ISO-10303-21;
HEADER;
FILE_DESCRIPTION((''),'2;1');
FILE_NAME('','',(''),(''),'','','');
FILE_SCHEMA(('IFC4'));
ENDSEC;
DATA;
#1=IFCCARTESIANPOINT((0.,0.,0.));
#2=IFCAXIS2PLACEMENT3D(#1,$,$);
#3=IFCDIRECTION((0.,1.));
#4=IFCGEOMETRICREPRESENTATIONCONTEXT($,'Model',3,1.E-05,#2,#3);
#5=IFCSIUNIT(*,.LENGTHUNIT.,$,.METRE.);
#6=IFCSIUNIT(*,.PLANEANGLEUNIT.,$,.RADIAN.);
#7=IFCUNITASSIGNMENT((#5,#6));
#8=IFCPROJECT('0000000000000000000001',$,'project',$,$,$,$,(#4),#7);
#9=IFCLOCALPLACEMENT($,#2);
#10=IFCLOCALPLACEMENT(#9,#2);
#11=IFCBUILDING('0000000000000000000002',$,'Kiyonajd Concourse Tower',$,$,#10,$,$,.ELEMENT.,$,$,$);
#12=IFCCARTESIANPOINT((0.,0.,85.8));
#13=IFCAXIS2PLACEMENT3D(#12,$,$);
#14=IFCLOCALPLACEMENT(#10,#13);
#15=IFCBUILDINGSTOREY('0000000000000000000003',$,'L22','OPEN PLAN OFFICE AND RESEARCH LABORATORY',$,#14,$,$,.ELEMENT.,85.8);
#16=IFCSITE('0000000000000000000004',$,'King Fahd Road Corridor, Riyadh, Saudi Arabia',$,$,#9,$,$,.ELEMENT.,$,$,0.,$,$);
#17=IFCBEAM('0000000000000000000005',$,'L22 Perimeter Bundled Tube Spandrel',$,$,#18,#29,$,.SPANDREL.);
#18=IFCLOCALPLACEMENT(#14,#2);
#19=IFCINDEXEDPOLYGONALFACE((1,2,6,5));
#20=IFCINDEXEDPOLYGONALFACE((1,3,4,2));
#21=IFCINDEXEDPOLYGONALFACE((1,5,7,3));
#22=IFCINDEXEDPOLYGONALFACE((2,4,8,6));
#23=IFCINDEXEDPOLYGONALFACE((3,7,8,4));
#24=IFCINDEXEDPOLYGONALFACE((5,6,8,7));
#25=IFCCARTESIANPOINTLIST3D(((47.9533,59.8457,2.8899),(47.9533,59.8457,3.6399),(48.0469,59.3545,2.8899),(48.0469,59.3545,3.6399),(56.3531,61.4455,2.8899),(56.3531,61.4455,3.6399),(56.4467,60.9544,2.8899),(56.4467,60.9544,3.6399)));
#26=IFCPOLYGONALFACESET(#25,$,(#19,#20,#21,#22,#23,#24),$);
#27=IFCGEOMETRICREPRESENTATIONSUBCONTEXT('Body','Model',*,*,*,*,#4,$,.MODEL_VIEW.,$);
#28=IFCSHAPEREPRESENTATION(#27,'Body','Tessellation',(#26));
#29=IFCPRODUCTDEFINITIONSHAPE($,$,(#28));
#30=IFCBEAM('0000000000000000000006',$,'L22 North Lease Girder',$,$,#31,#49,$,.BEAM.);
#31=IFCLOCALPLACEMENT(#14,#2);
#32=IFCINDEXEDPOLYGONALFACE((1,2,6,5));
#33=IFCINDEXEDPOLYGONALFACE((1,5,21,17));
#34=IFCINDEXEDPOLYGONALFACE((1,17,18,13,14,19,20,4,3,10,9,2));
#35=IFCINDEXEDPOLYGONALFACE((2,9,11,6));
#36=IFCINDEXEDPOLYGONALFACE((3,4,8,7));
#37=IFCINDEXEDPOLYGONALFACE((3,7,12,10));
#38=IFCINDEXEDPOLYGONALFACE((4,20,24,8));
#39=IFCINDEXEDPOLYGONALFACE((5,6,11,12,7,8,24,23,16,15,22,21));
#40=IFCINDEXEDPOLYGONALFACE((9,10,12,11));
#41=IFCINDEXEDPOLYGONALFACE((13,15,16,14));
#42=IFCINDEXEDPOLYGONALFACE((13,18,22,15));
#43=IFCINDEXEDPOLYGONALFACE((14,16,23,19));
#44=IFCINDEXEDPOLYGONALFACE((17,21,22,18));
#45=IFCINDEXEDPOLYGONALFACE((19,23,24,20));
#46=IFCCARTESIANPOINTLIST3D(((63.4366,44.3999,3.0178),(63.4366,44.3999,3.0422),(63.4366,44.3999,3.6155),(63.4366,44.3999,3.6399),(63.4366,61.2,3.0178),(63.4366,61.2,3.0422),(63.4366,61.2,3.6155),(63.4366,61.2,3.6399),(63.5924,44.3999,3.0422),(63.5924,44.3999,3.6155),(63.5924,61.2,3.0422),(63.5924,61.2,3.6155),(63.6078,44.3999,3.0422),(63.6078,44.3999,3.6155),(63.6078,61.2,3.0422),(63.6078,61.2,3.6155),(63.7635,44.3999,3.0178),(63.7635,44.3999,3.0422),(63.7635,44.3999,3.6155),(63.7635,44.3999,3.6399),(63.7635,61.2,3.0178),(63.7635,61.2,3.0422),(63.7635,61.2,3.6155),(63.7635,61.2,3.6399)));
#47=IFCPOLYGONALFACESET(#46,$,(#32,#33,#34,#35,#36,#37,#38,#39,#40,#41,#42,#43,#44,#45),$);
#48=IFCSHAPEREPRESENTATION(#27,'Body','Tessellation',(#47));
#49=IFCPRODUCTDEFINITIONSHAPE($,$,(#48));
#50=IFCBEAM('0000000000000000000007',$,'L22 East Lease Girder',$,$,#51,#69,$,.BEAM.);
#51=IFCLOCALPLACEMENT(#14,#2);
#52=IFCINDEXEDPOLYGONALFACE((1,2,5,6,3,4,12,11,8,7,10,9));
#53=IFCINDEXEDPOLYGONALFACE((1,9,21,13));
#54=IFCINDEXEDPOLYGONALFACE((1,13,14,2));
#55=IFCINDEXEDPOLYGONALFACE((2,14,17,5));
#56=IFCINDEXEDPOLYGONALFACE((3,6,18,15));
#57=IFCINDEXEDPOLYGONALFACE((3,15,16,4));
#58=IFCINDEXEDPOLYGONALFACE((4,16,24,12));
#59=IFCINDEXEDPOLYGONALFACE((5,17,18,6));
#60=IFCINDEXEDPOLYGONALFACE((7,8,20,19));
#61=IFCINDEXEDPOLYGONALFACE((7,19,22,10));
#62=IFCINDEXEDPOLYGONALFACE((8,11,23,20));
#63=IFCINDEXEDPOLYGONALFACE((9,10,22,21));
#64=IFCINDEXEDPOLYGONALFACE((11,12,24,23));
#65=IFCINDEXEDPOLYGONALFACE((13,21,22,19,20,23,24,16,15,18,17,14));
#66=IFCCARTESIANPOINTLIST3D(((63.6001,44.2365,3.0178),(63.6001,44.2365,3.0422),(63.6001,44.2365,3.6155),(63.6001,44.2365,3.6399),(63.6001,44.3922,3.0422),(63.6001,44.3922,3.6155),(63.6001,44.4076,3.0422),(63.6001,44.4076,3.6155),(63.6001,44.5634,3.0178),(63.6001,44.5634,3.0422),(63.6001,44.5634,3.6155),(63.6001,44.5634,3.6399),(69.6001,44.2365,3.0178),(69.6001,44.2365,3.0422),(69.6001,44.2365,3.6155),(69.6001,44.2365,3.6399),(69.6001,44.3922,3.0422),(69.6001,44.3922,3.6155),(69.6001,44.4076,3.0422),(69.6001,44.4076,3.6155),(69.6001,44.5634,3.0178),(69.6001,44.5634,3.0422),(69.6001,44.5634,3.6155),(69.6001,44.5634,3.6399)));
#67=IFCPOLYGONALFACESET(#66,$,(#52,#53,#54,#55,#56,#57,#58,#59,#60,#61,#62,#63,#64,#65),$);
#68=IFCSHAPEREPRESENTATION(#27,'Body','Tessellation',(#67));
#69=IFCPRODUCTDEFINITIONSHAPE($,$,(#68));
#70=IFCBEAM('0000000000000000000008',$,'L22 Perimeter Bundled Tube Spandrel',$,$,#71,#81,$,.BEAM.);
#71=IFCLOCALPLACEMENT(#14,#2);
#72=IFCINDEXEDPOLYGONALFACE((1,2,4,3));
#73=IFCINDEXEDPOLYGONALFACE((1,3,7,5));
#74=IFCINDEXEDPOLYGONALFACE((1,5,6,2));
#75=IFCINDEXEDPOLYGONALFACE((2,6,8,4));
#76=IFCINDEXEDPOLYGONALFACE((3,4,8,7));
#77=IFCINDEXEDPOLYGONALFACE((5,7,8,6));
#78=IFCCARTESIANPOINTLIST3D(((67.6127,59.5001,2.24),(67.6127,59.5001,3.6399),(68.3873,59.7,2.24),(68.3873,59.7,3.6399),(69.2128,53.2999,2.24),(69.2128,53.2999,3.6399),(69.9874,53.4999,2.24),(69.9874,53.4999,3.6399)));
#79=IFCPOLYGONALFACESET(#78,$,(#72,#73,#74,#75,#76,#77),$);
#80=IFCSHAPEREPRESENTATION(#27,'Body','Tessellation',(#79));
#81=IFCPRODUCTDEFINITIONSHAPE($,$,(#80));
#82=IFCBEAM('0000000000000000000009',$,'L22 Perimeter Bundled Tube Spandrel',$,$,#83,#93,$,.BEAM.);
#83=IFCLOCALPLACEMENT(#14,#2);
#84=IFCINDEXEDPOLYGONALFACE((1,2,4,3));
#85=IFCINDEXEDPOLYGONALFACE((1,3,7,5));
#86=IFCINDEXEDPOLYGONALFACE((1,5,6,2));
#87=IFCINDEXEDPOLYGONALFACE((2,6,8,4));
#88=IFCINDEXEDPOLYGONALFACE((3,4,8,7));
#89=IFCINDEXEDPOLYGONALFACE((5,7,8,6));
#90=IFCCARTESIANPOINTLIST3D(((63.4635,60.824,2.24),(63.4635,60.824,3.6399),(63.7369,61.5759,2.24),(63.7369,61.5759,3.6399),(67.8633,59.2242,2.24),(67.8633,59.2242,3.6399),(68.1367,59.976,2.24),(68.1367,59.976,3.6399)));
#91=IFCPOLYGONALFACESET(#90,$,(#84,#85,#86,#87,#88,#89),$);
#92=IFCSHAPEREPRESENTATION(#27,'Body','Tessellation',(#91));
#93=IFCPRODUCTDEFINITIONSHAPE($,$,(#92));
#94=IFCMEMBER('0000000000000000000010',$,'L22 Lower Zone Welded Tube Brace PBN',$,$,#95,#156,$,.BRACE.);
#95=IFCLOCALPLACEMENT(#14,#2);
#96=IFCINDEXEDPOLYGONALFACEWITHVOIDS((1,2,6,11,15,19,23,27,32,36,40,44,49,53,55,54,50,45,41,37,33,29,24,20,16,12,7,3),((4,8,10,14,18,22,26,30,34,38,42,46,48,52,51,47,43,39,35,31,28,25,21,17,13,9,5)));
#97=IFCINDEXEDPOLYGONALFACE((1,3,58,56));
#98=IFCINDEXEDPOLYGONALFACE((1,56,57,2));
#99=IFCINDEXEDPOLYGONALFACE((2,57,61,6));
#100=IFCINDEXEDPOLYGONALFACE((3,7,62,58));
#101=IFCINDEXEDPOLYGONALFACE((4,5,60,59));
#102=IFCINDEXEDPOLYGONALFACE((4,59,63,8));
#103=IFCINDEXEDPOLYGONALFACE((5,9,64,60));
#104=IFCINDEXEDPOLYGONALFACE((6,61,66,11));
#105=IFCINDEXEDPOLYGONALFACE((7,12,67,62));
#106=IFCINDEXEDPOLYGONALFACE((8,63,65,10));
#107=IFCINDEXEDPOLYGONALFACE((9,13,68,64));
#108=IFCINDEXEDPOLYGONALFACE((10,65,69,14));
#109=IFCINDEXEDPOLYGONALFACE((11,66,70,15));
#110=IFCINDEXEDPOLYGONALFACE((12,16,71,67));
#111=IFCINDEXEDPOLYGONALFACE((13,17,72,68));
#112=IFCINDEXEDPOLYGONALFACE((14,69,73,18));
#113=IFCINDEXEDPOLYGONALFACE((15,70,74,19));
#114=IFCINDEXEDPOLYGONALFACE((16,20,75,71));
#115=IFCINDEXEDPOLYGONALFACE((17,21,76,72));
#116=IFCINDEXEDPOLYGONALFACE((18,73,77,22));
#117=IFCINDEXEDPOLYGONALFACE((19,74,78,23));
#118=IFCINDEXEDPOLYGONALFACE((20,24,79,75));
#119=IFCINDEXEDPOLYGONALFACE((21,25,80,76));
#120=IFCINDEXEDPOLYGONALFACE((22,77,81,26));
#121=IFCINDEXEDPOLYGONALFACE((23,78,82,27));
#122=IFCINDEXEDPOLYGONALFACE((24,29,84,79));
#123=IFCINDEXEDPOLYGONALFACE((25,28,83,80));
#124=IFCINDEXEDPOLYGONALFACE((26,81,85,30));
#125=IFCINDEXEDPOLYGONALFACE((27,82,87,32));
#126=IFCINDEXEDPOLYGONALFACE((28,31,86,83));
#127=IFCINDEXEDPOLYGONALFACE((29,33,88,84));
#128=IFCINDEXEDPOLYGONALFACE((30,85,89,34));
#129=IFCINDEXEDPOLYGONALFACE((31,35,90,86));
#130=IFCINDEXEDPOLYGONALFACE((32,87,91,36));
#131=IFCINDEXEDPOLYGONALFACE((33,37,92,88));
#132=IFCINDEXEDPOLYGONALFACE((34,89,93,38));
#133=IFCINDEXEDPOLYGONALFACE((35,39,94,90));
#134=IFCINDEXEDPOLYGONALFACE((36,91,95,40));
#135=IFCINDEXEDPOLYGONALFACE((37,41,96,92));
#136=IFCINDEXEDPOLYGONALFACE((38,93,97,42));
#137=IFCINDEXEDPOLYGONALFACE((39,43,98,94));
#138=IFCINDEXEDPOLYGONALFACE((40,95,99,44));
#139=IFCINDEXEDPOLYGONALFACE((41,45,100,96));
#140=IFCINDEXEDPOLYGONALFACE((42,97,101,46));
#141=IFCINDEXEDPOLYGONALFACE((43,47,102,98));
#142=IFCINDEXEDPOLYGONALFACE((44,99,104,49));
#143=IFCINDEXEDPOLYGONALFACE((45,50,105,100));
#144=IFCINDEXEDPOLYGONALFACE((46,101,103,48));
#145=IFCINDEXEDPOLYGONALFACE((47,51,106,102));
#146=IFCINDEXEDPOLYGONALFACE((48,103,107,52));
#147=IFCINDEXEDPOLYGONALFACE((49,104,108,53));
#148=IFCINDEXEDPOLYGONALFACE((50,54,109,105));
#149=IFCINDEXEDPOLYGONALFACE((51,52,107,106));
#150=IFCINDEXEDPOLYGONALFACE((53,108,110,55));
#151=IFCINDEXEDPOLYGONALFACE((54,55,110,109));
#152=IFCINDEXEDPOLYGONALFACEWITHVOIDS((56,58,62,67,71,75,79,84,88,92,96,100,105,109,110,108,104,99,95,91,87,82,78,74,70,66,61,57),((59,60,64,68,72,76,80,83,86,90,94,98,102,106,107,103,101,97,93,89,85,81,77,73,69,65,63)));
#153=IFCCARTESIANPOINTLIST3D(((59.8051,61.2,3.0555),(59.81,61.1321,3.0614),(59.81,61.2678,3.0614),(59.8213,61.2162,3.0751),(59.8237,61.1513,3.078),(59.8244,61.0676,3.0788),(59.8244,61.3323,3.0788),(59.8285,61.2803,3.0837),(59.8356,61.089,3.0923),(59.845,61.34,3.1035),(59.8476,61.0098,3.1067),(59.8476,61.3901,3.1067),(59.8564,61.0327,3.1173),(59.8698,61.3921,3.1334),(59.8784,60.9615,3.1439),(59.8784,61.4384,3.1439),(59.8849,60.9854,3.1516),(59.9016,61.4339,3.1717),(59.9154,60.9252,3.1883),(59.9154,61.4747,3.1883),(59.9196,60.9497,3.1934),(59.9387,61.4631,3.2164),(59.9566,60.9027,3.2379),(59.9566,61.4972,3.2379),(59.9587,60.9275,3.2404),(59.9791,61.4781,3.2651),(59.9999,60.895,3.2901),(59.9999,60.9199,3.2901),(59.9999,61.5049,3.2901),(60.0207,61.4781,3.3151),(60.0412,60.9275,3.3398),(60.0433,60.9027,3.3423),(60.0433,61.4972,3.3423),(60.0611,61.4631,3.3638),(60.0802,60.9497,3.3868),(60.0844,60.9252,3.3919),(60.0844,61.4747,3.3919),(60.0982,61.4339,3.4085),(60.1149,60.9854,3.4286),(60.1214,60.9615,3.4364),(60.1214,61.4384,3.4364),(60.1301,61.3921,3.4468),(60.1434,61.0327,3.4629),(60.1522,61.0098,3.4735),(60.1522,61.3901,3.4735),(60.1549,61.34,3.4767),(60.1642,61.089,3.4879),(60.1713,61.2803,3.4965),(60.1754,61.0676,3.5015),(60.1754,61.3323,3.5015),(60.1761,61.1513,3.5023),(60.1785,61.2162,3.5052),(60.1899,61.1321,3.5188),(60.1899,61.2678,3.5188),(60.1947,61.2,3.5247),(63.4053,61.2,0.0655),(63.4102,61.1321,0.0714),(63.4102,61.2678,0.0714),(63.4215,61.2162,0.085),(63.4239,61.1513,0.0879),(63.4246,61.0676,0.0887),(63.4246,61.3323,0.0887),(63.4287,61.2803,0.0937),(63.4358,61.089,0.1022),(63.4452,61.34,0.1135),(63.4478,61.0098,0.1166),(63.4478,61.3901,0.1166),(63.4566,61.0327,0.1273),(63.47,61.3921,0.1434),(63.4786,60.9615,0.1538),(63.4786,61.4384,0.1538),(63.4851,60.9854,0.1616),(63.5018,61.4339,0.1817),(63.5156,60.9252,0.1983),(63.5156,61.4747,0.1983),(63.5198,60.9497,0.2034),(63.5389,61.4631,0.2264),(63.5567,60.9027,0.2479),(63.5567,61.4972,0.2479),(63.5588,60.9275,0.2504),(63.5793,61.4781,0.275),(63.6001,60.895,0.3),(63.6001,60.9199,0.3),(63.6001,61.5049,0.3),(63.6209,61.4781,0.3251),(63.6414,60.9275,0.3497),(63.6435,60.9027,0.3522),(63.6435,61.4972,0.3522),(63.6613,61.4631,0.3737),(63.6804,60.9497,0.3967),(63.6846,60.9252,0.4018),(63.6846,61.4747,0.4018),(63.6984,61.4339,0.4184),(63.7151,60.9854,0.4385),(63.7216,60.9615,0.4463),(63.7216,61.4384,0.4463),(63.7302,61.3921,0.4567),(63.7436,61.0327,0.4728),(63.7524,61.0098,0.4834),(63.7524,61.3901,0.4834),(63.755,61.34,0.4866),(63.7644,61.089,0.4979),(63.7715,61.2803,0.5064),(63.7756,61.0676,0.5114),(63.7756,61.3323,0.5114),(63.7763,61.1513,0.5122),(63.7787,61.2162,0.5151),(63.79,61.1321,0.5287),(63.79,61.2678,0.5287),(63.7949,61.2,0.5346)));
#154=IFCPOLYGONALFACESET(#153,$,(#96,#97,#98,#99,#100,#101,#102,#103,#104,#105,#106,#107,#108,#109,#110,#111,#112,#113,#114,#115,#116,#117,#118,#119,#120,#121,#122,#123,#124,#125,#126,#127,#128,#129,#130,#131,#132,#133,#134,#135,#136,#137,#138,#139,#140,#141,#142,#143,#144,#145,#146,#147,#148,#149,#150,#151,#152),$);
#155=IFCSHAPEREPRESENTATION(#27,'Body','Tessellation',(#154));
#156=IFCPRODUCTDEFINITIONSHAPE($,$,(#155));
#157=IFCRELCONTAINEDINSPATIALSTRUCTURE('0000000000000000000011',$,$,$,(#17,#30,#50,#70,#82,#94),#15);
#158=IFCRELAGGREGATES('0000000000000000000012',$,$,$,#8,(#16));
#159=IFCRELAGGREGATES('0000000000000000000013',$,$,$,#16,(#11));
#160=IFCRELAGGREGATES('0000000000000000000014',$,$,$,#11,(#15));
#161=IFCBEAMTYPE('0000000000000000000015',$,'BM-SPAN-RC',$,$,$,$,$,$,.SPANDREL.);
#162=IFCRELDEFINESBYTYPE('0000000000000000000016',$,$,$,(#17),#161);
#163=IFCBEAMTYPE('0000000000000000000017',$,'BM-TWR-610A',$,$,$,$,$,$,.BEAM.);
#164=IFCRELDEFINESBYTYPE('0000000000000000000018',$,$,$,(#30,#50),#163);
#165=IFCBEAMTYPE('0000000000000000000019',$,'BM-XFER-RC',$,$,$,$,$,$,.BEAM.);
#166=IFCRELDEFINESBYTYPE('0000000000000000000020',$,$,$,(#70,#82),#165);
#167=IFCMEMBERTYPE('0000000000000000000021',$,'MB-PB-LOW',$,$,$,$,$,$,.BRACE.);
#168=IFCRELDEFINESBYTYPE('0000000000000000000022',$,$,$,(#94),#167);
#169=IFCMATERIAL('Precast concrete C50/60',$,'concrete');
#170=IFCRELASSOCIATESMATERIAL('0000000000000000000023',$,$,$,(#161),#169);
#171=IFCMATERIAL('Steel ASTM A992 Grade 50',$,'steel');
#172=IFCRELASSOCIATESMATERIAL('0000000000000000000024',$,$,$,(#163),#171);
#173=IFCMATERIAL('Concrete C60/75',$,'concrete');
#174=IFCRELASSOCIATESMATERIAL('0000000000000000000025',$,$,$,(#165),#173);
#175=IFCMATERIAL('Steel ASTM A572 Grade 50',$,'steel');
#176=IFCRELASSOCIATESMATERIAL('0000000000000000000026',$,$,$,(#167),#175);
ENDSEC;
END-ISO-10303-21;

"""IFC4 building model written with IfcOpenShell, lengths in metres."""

from ifc_helpers import new_model, si_unit, direction, frame, origin, origin_2d, place, context, subcontext, project, spatial, rectangle, hollow_circle, i_section, extrude, material, material_profile, profile_set, type_object, element, save


model = new_model("IFC4")

# Units and contexts
model_context = context("Model", 3, precision=1e-05, world=origin(), true_north=direction((0.0, 1.0)))
body_context = subcontext(model_context, "Body", "Model", "MODEL_VIEW")
ifc_project = project(units=[si_unit("LENGTHUNIT", "METRE"), si_unit("PLANEANGLEUNIT", "RADIAN")], contexts=[model_context])

# Site, building, storey
site_placement = place(None, origin())
site = spatial("IfcSite", under=ifc_project, at=site_placement, Name="King Fahd Road Corridor, Riyadh, Saudi Arabia", CompositionType="ELEMENT", RefElevation=0.0)
building_placement = place(site_placement, origin())
building = spatial("IfcBuilding", under=site, at=building_placement, Name="Kiyonajd Concourse Tower", CompositionType="ELEMENT")
storey_placement = place(building_placement, frame((0.0, 0.0, 85.8)))
storey = spatial("IfcBuildingStorey", under=building, at=storey_placement, Name="L22", Description="OPEN PLAN OFFICE AND RESEARCH LABORATORY", CompositionType="ELEMENT", Elevation=85.8)

# Beams
ifc_material_1 = material(Name="Steel ASTM A992 Grade 50", Category="steel")
ifc_material_2 = material(Name="Precast concrete C50/60", Category="concrete")
ifc_material_profile_1 = material_profile(ifc_material_2, rectangle(XDim=0.5, YDim=0.75, at=origin_2d()), Name="RCBM-500x750")
ifc_profile_set_1 = profile_set([ifc_material_profile_1], Name="Precast concrete C50/60")
beam_type_1 = type_object("IfcBeamType", Name="BM-SPAN-RC", PredefinedType="SPANDREL", material=ifc_profile_set_1)
beam_1_placement = place(storey_placement, frame((56.3999, 61.2, 3.2649), z_axis=(-0.982341, -0.187098, 0.0), x_axis=(0.187098, -0.982341, 0.0)))
element("IfcBeam", 1, at=beam_1_placement, inside=storey, type_object=beam_type_1, Name="L22 Perimeter Bundled Tube Spandrel", PredefinedType="SPANDREL", context=body_context, shape_type="SweptSolid", body=[
    extrude(rectangle(XDim=0.5, YDim=0.75, at=origin_2d()), origin(), (0.0, 0.0, 1.0), 8.5508),
])
ifc_material_profile_2 = material_profile(ifc_material_1, i_section(OverallWidth=0.3269, OverallDepth=0.6221, WebThickness=0.0154, FlangeThickness=0.0244, at=origin_2d()), Name="W610X195")
ifc_profile_set_2 = profile_set([ifc_material_profile_2], Name="Steel ASTM A992 Grade 50")
beam_type_2 = type_object("IfcBeamType", Name="BM-TWR-610A", PredefinedType="BEAM", material=ifc_profile_set_2)
beam_2_placement = place(storey_placement, frame((63.6001, 44.3999, 3.3289), z_axis=(0.0, 1.0, 0.0), x_axis=(-1.0, 0.0, 0.0)))
element("IfcBeam", 2, at=beam_2_placement, inside=storey, type_object=beam_type_2, Name="L22 North Lease Girder", PredefinedType="BEAM", context=body_context, shape_type="SweptSolid", body=[
    extrude(i_section(OverallWidth=0.3269, OverallDepth=0.6221, WebThickness=0.0154, FlangeThickness=0.0244, at=origin_2d()), origin(), (0.0, 0.0, 1.0), 16.8),
])
beam_3_placement = place(storey_placement, frame((63.6001, 44.3999, 3.3289), z_axis=(1.0, 0.0, 0.0), x_axis=(0.0, 1.0, 0.0)))
element("IfcBeam", 3, at=beam_3_placement, inside=storey, type_object=beam_type_2, Name="L22 East Lease Girder", PredefinedType="BEAM", context=body_context, shape_type="SweptSolid", body=[
    extrude(i_section(OverallWidth=0.3269, OverallDepth=0.6221, WebThickness=0.0154, FlangeThickness=0.0244, at=origin_2d()), origin(), (0.0, 0.0, 1.0), 6.0),
])
ifc_material_3 = material(Name="Concrete C60/75", Category="concrete")
ifc_material_profile_3 = material_profile(ifc_material_3, rectangle(XDim=0.8, YDim=1.3999, at=origin_2d()), Name="RCBM-800x1400")
ifc_profile_set_3 = profile_set([ifc_material_profile_3], Name="Concrete C60/75")
beam_type_3 = type_object("IfcBeamType", Name="BM-XFER-RC", PredefinedType="BEAM", material=ifc_profile_set_3)
beam_4_placement = place(storey_placement, frame((69.6001, 53.3999, 2.9399), z_axis=(-0.249885, 0.968276, 0.0), x_axis=(-0.968276, -0.249885, 0.0)))
element("IfcBeam", 4, at=beam_4_placement, inside=storey, type_object=beam_type_3, Name="L22 Perimeter Bundled Tube Spandrel", PredefinedType="BEAM", context=body_context, shape_type="SweptSolid", body=[
    extrude(rectangle(XDim=0.8, YDim=1.3999, at=origin_2d()), origin(), (0.0, 0.0, 1.0), 6.4033),
])
beam_5_placement = place(storey_placement, frame((68.0, 59.6001, 2.9399), z_axis=(-0.939801, 0.341722, 0.0), x_axis=(-0.341722, -0.939801, 0.0)))
element("IfcBeam", 5, at=beam_5_placement, inside=storey, type_object=beam_type_3, Name="L22 Perimeter Bundled Tube Spandrel", PredefinedType="BEAM", context=body_context, shape_type="SweptSolid", body=[
    extrude(rectangle(XDim=0.8, YDim=1.3999, at=origin_2d()), origin(), (0.0, 0.0, 1.0), 4.6816),
])

# Member
ifc_material_4 = material(Name="Steel ASTM A572 Grade 50", Category="steel")
ifc_material_profile_4 = material_profile(ifc_material_4, hollow_circle(Radius=0.3049, WallThickness=0.0249, at=origin_2d()), Name="CHS-610x25")
ifc_profile_set_4 = profile_set([ifc_material_profile_4], Name="Steel ASTM A572 Grade 50")
member_type = type_object("IfcMemberType", Name="MB-PB-LOW", PredefinedType="BRACE", material=ifc_profile_set_4)
member_1_placement = place(storey_placement, frame((63.6001, 61.2, 0.3), z_axis=(-0.769281, 0.0, 0.638911), x_axis=(0.0, -1.0, 0.0)))
element("IfcMember", 6, at=member_1_placement, inside=storey, type_object=member_type, Name="L22 Lower Zone Welded Tube Brace PBN", PredefinedType="BRACE", context=body_context, shape_type="SweptSolid", body=[
    extrude(hollow_circle(Radius=0.3049, WallThickness=0.0249, at=origin_2d()), origin(), (0.0, 0.0, 1.0), 4.6799),
])

save(model, "model.ifc")
